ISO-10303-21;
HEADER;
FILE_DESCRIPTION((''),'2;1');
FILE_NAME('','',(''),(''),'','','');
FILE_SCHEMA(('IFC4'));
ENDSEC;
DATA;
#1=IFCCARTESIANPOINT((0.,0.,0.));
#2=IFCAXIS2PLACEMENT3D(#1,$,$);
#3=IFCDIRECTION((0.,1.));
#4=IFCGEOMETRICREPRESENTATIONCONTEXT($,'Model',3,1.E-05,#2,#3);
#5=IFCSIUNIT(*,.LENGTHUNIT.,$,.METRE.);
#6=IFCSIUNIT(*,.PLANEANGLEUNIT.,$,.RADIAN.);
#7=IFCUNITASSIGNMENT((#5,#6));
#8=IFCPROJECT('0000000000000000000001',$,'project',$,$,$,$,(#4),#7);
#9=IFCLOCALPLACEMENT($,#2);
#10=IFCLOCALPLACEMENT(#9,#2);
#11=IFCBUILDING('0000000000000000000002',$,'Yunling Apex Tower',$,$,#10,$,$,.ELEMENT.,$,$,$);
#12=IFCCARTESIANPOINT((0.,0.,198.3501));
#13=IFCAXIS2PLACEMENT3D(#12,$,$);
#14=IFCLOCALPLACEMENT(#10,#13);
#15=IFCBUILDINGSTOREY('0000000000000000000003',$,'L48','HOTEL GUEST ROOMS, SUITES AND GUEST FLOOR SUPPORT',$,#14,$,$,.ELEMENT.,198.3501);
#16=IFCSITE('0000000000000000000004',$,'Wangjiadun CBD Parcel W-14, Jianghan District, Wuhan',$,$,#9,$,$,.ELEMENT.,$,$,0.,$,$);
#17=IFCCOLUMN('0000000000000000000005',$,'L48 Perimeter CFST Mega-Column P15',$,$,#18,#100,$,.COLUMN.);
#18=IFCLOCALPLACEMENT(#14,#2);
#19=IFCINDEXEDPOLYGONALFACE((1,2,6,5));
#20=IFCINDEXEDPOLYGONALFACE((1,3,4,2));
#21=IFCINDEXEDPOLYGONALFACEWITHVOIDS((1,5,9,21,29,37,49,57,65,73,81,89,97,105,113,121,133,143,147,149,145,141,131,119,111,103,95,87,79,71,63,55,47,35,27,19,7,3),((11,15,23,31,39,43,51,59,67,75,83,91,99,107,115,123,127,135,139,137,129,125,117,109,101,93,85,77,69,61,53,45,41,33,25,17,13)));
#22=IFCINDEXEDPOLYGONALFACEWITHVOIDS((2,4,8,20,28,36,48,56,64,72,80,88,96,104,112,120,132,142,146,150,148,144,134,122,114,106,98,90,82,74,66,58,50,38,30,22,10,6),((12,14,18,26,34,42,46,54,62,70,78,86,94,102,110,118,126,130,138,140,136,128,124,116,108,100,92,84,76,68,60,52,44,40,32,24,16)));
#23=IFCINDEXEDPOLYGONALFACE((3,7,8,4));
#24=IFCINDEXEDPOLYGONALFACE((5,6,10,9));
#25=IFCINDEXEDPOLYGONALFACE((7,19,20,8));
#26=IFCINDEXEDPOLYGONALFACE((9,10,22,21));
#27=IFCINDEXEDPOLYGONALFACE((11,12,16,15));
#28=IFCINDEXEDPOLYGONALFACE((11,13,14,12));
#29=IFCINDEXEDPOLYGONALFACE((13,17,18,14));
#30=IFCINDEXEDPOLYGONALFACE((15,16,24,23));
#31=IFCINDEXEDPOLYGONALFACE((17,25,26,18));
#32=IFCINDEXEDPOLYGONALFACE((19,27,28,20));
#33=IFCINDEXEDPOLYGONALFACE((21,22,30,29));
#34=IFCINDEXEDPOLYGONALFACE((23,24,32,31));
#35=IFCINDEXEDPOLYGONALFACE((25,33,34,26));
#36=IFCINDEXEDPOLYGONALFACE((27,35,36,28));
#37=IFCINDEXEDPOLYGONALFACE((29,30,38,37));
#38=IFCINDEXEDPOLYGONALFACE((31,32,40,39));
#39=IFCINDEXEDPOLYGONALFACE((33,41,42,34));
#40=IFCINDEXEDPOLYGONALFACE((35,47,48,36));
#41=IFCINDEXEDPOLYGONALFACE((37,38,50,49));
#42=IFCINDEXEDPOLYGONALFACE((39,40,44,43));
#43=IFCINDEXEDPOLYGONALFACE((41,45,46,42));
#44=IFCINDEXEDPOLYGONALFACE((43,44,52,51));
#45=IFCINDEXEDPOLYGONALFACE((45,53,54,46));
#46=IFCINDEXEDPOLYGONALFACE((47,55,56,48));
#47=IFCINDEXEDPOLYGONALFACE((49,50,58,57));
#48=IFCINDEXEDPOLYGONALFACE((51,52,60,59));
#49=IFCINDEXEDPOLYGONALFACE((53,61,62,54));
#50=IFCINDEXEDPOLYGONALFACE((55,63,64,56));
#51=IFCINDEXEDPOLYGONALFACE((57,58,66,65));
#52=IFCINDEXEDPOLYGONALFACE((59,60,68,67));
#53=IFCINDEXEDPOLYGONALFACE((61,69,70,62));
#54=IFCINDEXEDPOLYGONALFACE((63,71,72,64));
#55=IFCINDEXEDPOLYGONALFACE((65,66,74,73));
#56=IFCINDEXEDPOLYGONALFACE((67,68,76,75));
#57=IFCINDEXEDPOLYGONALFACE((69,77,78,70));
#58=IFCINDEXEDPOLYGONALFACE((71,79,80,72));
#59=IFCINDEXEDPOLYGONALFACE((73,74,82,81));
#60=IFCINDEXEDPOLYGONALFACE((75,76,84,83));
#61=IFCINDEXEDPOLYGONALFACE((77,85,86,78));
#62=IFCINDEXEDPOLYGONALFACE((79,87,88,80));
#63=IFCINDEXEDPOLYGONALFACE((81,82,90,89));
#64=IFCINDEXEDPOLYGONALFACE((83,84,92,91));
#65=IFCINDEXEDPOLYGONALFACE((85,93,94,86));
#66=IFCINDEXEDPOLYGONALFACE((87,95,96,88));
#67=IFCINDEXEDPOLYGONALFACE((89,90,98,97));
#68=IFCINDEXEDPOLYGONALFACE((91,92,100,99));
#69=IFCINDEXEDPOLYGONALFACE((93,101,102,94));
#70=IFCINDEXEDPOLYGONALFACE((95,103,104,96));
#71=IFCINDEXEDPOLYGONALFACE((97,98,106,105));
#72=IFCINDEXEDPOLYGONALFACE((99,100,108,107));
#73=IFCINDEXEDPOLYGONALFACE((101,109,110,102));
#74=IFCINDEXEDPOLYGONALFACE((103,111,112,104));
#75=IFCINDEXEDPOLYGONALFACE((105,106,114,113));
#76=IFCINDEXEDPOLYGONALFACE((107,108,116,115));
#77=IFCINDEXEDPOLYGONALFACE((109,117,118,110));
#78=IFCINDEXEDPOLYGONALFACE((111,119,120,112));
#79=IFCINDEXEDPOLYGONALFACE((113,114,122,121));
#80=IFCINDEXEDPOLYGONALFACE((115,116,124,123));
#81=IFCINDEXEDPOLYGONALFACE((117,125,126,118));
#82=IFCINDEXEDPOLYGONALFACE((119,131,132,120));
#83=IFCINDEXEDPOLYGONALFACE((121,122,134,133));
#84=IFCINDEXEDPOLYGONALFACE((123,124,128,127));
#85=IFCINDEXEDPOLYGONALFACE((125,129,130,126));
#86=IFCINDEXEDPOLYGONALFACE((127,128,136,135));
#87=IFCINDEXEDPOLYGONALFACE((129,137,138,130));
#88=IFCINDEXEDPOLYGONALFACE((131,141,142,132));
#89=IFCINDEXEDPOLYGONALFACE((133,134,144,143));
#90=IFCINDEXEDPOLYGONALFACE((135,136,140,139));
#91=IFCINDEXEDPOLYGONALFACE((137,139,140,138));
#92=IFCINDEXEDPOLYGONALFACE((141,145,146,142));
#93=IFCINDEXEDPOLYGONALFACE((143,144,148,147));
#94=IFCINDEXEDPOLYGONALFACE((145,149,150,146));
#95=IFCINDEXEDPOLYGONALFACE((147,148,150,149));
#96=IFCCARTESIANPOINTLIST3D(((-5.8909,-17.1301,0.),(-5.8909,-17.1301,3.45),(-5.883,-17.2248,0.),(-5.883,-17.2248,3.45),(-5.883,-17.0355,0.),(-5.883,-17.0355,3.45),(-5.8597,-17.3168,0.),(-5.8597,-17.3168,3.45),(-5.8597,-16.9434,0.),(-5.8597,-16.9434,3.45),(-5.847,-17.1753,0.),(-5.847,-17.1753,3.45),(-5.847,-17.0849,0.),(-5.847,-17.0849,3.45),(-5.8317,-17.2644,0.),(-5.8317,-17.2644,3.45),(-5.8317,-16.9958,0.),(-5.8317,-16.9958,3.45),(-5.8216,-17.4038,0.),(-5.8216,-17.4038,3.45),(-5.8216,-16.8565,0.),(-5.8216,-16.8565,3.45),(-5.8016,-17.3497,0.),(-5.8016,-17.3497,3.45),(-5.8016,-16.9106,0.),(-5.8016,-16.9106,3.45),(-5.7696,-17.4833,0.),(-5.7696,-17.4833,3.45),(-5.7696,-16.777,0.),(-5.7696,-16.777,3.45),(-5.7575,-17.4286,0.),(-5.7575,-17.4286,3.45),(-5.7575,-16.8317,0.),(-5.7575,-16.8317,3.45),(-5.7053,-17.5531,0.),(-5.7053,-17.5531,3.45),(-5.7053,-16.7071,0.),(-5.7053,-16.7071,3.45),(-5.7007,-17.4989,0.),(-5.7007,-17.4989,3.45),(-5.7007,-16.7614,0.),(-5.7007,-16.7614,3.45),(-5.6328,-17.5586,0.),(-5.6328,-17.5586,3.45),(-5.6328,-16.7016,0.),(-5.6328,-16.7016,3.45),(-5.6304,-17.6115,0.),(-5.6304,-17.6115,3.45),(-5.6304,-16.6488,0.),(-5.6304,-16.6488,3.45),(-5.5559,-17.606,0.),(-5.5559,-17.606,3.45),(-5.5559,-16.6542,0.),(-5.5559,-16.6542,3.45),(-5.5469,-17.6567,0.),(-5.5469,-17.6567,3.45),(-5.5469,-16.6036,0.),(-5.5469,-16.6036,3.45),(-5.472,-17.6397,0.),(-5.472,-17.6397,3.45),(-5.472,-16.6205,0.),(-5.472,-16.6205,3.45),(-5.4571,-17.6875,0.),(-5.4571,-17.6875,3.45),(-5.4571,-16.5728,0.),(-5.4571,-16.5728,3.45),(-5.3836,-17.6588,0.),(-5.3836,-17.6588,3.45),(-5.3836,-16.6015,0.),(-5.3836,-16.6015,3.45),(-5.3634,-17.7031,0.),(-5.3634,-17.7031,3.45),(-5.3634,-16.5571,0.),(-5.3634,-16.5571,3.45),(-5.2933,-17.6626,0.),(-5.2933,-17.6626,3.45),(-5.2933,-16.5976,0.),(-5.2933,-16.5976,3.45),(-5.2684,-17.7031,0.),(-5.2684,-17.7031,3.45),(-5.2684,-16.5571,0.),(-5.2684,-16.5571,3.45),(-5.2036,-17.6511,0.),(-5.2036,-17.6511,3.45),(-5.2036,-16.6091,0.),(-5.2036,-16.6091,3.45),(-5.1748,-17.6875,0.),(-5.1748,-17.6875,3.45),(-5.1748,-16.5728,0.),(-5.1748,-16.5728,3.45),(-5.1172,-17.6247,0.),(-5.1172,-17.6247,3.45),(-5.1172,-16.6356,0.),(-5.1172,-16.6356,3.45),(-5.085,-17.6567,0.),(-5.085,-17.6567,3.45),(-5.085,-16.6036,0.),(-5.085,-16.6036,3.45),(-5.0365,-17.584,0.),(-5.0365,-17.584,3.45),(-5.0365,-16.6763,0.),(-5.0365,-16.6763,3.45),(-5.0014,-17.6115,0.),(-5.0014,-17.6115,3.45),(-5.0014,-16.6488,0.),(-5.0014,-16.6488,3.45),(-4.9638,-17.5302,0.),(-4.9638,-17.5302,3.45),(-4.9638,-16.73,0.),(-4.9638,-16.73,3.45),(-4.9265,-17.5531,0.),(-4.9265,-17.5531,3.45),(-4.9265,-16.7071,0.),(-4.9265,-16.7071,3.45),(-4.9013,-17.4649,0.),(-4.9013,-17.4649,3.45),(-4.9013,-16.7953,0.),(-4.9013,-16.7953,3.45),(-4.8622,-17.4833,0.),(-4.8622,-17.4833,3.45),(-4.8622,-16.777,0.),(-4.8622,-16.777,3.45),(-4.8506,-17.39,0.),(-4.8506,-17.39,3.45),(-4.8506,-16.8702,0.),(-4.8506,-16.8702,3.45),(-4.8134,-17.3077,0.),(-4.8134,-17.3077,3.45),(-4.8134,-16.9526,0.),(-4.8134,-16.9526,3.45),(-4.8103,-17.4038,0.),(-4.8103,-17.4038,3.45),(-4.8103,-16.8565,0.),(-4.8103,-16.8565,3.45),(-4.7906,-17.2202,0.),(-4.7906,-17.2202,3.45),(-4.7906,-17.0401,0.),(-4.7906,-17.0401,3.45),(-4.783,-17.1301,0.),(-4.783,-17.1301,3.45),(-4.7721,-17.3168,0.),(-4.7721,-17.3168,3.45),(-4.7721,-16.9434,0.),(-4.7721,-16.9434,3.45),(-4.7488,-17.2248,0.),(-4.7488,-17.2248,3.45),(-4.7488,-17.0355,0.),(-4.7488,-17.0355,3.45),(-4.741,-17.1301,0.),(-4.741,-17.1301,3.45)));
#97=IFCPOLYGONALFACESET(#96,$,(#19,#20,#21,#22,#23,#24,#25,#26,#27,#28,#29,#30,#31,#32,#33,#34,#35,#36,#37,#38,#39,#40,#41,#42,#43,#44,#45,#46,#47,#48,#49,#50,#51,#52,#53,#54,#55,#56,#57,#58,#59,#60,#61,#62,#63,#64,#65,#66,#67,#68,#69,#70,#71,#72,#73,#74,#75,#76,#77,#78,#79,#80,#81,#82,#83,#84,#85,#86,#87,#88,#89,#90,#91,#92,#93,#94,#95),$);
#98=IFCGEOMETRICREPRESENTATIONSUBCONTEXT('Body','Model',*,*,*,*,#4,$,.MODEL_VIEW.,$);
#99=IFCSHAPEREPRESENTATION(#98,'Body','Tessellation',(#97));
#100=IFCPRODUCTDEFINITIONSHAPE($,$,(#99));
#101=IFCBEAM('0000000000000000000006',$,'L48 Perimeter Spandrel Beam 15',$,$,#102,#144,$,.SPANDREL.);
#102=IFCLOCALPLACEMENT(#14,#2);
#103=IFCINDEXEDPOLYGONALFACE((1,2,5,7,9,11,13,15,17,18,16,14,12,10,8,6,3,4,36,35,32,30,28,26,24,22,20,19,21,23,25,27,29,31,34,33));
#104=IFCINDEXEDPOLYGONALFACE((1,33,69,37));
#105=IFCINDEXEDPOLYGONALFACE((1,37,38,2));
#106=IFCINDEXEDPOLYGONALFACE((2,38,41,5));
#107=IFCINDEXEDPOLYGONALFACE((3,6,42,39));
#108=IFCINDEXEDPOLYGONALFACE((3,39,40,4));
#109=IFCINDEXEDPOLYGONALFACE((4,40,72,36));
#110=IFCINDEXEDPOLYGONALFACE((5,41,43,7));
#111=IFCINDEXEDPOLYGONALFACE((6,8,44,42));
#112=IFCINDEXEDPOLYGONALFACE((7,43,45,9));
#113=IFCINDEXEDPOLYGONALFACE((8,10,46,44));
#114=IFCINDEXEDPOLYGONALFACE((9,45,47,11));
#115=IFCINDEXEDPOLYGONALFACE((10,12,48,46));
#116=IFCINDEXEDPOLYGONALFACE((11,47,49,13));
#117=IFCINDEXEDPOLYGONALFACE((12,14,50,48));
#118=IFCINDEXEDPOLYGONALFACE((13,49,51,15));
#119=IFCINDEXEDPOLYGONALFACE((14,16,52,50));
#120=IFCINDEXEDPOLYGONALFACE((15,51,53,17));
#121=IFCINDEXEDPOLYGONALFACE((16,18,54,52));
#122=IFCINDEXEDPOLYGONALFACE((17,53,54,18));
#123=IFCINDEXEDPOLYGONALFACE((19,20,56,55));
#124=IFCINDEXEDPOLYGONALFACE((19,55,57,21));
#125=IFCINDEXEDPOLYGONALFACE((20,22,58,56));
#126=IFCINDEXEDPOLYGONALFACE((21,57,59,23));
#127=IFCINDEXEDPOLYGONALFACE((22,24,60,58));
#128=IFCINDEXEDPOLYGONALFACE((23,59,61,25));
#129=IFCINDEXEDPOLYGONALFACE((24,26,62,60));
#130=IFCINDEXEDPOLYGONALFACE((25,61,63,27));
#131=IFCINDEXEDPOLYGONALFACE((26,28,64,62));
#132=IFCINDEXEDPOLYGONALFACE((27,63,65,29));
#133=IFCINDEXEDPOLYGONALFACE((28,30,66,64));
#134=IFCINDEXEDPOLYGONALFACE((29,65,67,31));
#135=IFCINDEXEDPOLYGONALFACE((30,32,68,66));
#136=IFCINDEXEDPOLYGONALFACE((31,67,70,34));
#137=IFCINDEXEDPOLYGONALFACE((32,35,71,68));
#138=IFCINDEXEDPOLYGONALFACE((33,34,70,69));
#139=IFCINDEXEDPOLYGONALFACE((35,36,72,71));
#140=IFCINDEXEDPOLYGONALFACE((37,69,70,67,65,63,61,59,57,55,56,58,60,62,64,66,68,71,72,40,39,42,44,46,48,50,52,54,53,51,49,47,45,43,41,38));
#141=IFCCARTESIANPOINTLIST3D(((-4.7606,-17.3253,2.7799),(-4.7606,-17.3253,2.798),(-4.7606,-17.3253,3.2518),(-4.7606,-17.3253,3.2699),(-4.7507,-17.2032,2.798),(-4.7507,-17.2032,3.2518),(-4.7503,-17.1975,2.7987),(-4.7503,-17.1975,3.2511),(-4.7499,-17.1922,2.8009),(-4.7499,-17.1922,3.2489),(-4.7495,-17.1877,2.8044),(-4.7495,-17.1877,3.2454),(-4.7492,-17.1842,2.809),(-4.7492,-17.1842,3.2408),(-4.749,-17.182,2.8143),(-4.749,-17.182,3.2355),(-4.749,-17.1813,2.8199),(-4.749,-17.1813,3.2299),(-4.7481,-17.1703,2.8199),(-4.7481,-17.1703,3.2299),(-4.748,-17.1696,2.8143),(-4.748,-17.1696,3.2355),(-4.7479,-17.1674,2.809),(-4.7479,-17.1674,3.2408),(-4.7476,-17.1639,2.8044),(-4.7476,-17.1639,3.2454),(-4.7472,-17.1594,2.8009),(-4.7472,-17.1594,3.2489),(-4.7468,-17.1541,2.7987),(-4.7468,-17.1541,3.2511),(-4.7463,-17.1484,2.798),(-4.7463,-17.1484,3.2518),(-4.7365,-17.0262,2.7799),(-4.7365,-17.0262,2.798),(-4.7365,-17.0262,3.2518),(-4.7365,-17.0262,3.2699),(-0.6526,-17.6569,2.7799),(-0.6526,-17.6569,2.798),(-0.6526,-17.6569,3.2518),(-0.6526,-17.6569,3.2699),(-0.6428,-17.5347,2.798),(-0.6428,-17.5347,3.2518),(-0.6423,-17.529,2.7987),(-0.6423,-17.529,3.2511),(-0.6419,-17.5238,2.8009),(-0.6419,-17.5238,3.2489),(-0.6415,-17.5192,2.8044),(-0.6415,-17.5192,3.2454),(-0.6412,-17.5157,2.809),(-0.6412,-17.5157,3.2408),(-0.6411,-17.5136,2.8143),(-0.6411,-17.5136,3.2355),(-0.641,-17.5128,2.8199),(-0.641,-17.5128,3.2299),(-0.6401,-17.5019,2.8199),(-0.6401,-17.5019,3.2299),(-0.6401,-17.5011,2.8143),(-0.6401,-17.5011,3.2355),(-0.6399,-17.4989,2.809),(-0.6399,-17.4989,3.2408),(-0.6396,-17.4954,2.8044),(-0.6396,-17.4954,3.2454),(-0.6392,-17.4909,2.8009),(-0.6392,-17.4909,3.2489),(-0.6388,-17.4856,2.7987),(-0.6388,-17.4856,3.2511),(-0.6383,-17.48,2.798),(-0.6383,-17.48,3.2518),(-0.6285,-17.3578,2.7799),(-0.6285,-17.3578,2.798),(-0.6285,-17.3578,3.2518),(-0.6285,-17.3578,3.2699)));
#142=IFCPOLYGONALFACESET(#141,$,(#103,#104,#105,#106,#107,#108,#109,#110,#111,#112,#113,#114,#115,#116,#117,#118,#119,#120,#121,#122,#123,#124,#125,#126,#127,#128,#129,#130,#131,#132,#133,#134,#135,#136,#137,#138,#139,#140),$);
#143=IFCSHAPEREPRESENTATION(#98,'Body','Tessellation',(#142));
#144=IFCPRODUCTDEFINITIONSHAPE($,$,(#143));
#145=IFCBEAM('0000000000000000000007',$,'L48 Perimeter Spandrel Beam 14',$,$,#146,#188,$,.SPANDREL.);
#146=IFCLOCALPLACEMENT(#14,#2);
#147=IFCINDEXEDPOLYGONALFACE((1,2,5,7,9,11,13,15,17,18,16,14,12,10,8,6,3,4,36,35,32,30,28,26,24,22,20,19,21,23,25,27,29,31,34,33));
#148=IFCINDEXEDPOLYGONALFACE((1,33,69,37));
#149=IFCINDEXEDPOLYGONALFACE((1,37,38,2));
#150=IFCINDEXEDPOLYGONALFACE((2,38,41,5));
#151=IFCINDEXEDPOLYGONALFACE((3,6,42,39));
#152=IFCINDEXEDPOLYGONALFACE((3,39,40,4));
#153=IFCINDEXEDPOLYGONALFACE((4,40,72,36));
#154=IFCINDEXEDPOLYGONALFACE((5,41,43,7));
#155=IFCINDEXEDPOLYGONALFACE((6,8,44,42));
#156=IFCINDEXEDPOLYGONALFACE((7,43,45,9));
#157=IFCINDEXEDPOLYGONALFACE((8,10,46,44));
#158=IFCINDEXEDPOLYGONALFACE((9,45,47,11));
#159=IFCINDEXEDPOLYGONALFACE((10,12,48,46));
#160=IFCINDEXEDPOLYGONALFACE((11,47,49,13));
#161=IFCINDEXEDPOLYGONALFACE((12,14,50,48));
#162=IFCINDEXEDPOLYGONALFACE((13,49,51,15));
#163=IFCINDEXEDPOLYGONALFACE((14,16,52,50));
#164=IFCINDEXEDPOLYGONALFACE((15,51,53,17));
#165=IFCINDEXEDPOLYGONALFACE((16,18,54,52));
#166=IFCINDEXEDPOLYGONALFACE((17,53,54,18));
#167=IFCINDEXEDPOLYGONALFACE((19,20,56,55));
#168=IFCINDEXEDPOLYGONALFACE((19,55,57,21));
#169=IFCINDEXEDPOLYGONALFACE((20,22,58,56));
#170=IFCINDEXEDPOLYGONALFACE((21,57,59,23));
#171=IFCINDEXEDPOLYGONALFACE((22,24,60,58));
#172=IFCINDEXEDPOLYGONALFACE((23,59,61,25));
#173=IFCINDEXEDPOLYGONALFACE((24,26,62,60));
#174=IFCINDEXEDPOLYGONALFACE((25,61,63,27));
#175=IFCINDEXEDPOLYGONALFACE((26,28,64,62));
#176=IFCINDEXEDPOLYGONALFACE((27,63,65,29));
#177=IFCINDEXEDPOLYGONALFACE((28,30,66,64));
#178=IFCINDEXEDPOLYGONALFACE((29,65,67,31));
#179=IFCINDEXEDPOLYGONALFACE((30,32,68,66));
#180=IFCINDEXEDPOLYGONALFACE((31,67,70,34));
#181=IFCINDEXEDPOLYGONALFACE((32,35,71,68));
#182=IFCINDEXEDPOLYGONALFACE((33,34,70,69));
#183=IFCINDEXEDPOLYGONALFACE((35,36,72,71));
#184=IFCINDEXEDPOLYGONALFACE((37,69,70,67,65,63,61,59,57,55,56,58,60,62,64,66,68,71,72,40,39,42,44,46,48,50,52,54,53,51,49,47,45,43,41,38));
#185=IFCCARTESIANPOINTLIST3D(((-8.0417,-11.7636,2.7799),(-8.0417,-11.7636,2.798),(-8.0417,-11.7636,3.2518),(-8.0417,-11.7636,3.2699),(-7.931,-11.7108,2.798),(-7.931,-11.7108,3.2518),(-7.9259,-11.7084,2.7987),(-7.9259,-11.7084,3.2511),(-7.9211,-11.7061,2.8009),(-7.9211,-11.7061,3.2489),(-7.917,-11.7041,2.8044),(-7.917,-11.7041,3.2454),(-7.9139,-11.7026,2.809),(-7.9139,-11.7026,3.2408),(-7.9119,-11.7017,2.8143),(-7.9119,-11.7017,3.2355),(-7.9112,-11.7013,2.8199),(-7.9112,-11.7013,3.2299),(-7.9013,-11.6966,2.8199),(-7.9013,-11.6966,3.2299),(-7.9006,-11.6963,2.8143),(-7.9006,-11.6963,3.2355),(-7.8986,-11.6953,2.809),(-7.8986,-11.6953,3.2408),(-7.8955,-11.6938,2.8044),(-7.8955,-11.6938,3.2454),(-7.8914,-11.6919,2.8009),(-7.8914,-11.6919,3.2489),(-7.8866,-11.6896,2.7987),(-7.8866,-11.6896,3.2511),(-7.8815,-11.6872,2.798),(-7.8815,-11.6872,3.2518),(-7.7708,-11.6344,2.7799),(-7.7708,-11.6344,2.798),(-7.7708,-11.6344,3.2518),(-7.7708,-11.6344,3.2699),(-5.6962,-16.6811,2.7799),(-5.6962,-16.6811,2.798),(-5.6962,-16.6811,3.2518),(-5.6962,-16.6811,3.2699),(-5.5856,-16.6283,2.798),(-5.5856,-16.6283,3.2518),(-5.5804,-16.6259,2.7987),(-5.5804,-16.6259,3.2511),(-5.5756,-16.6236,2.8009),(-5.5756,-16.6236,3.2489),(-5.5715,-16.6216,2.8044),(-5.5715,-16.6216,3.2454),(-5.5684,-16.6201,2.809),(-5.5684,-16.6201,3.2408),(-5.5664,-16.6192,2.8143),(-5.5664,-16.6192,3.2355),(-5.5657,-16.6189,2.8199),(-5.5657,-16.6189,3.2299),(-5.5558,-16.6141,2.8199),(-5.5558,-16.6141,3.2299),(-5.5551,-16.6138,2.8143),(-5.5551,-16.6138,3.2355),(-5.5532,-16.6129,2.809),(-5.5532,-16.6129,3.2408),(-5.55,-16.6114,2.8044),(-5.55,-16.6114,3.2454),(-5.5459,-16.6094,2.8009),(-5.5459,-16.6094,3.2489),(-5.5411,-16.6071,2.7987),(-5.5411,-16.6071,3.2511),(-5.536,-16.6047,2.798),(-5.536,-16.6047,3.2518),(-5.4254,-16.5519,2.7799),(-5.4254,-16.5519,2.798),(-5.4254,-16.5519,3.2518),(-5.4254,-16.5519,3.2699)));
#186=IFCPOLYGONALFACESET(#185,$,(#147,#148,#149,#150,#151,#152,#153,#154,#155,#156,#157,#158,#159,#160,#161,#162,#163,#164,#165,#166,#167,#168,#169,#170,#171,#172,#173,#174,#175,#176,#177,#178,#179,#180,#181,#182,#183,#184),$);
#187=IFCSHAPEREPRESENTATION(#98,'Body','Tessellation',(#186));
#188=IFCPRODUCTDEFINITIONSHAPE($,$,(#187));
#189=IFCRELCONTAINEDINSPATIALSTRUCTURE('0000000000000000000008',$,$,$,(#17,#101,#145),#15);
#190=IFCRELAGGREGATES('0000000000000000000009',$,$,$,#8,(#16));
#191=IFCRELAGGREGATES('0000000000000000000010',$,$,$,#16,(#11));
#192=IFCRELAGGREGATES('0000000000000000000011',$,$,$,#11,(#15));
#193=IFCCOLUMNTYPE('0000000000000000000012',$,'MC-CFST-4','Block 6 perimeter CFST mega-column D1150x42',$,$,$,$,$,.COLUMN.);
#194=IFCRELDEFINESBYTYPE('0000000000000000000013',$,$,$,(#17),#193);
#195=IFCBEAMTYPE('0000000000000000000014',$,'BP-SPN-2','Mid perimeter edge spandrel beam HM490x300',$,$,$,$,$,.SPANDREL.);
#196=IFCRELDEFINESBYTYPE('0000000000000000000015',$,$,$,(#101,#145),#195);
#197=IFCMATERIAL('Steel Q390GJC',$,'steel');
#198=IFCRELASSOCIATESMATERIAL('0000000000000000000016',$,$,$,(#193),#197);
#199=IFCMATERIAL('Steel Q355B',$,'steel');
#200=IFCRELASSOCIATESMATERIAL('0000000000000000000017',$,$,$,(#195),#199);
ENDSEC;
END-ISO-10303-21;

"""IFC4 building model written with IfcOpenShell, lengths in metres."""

from ifc_helpers import new_model, si_unit, direction, frame, origin, origin_2d, place, context, subcontext, project, spatial, hollow_circle, i_section, extrude, source, transform, mapped, material, material_profile, profile_set, type_object, element, save


model = new_model("IFC4")

# Units and contexts
model_context = context("Model", 3, precision=1e-05, world=origin(), true_north=direction((0.0, 1.0)))
body_context = subcontext(model_context, "Body", "Model", "MODEL_VIEW")
ifc_project = project(units=[si_unit("LENGTHUNIT", "METRE"), si_unit("PLANEANGLEUNIT", "RADIAN")], contexts=[model_context])

# Site, building, storey
site_placement = place(None, origin())
site = spatial("IfcSite", under=ifc_project, at=site_placement, Name="Wangjiadun CBD Parcel W-14, Jianghan District, Wuhan", CompositionType="ELEMENT", RefElevation=0.0)
building_placement = place(site_placement, origin())
building = spatial("IfcBuilding", under=site, at=building_placement, Name="Yunling Apex Tower", CompositionType="ELEMENT")
storey_placement = place(building_placement, frame((0.0, 0.0, 198.3501)))
storey = spatial("IfcBuildingStorey", under=building, at=storey_placement, Name="L48", Description="HOTEL GUEST ROOMS, SUITES AND GUEST FLOOR SUPPORT", CompositionType="ELEMENT", Elevation=198.3501)

# Column
ifc_material_1 = material(Name="Steel Q390GJC", Category="steel")
ifc_material_profile_1 = material_profile(ifc_material_1, hollow_circle(Radius=0.575, WallThickness=0.042, at=origin_2d()))
ifc_profile_set_1 = profile_set([ifc_material_profile_1], Name="Steel Q390GJC")
column_type = type_object("IfcColumnType", Name="MC-CFST-4", Description="Block 6 perimeter CFST mega-column D1150x42", PredefinedType="COLUMN", material=ifc_profile_set_1)
shared_shape_1 = source(origin(), body_context, "Body", "SweptSolid", [
    extrude(hollow_circle(Radius=0.575, WallThickness=0.042, at=origin_2d()), origin(), (0.0, 0.0, 1.0), 3.45),
])
column_placement = place(storey_placement, frame((-5.3159, -17.1301, 0.0), z_axis=(0.0, 0.0, 1.0), x_axis=(1.0, 0.0, 0.0)))
element("IfcColumn", 1, at=column_placement, inside=storey, type_object=column_type, Name="L48 Perimeter CFST Mega-Column P15", PredefinedType="COLUMN", context=body_context, shape_type="MappedRepresentation", body=[
    mapped(shared_shape_1, transform((0.0, 0.0, 0.0), scale=1.0)),
])

# Beams
ifc_material_2 = material(Name="Steel Q355B", Category="steel")
ifc_material_profile_2 = material_profile(ifc_material_2, i_section(OverallWidth=0.3, OverallDepth=0.49, WebThickness=0.011, FlangeThickness=0.0181, FilletRadius=0.022, at=origin_2d()))
ifc_profile_set_2 = profile_set([ifc_material_profile_2], Name="Steel Q355B")
beam_type_1 = type_object("IfcBeamType", Name="BP-SPN-2", Description="Mid perimeter edge spandrel beam HM490x300", PredefinedType="SPANDREL", material=ifc_profile_set_2)
shared_shape_2 = source(origin(), body_context, "Body", "SweptSolid", [
    extrude(i_section(OverallWidth=0.3, OverallDepth=0.49, WebThickness=0.011, FlangeThickness=0.0181, FilletRadius=0.022, at=origin_2d()), origin(), (0.0, 0.0, 1.0), 4.1213),
])
beam_1_placement = place(storey_placement, frame((-4.7485, -17.1758, 3.0249), z_axis=(0.996759, -0.080447, 0.0), x_axis=(0.080447, 0.996759, 0.0)))
element("IfcBeam", 2, at=beam_1_placement, inside=storey, type_object=beam_type_1, Name="L48 Perimeter Spandrel Beam 15", PredefinedType="SPANDREL", context=body_context, shape_type="MappedRepresentation", body=[
    mapped(shared_shape_2, transform((0.0, 0.0, 0.0), scale=1.0)),
])
shared_shape_3 = source(origin(), body_context, "Body", "SweptSolid", [
    extrude(i_section(OverallWidth=0.3, OverallDepth=0.49, WebThickness=0.011, FlangeThickness=0.0181, FilletRadius=0.022, at=origin_2d()), origin(), (0.0, 0.0, 1.0), 5.4482),
])
beam_2_placement = place(storey_placement, frame((-7.9062, -11.699, 3.0249), z_axis=(0.430502, -0.902589, 0.0), x_axis=(0.902589, 0.430502, 0.0)))
element("IfcBeam", 3, at=beam_2_placement, inside=storey, type_object=beam_type_1, Name="L48 Perimeter Spandrel Beam 14", PredefinedType="SPANDREL", context=body_context, shape_type="MappedRepresentation", body=[
    mapped(shared_shape_3, transform((0.0, 0.0, 0.0), scale=1.0)),
])

save(model, "model.ifc")
